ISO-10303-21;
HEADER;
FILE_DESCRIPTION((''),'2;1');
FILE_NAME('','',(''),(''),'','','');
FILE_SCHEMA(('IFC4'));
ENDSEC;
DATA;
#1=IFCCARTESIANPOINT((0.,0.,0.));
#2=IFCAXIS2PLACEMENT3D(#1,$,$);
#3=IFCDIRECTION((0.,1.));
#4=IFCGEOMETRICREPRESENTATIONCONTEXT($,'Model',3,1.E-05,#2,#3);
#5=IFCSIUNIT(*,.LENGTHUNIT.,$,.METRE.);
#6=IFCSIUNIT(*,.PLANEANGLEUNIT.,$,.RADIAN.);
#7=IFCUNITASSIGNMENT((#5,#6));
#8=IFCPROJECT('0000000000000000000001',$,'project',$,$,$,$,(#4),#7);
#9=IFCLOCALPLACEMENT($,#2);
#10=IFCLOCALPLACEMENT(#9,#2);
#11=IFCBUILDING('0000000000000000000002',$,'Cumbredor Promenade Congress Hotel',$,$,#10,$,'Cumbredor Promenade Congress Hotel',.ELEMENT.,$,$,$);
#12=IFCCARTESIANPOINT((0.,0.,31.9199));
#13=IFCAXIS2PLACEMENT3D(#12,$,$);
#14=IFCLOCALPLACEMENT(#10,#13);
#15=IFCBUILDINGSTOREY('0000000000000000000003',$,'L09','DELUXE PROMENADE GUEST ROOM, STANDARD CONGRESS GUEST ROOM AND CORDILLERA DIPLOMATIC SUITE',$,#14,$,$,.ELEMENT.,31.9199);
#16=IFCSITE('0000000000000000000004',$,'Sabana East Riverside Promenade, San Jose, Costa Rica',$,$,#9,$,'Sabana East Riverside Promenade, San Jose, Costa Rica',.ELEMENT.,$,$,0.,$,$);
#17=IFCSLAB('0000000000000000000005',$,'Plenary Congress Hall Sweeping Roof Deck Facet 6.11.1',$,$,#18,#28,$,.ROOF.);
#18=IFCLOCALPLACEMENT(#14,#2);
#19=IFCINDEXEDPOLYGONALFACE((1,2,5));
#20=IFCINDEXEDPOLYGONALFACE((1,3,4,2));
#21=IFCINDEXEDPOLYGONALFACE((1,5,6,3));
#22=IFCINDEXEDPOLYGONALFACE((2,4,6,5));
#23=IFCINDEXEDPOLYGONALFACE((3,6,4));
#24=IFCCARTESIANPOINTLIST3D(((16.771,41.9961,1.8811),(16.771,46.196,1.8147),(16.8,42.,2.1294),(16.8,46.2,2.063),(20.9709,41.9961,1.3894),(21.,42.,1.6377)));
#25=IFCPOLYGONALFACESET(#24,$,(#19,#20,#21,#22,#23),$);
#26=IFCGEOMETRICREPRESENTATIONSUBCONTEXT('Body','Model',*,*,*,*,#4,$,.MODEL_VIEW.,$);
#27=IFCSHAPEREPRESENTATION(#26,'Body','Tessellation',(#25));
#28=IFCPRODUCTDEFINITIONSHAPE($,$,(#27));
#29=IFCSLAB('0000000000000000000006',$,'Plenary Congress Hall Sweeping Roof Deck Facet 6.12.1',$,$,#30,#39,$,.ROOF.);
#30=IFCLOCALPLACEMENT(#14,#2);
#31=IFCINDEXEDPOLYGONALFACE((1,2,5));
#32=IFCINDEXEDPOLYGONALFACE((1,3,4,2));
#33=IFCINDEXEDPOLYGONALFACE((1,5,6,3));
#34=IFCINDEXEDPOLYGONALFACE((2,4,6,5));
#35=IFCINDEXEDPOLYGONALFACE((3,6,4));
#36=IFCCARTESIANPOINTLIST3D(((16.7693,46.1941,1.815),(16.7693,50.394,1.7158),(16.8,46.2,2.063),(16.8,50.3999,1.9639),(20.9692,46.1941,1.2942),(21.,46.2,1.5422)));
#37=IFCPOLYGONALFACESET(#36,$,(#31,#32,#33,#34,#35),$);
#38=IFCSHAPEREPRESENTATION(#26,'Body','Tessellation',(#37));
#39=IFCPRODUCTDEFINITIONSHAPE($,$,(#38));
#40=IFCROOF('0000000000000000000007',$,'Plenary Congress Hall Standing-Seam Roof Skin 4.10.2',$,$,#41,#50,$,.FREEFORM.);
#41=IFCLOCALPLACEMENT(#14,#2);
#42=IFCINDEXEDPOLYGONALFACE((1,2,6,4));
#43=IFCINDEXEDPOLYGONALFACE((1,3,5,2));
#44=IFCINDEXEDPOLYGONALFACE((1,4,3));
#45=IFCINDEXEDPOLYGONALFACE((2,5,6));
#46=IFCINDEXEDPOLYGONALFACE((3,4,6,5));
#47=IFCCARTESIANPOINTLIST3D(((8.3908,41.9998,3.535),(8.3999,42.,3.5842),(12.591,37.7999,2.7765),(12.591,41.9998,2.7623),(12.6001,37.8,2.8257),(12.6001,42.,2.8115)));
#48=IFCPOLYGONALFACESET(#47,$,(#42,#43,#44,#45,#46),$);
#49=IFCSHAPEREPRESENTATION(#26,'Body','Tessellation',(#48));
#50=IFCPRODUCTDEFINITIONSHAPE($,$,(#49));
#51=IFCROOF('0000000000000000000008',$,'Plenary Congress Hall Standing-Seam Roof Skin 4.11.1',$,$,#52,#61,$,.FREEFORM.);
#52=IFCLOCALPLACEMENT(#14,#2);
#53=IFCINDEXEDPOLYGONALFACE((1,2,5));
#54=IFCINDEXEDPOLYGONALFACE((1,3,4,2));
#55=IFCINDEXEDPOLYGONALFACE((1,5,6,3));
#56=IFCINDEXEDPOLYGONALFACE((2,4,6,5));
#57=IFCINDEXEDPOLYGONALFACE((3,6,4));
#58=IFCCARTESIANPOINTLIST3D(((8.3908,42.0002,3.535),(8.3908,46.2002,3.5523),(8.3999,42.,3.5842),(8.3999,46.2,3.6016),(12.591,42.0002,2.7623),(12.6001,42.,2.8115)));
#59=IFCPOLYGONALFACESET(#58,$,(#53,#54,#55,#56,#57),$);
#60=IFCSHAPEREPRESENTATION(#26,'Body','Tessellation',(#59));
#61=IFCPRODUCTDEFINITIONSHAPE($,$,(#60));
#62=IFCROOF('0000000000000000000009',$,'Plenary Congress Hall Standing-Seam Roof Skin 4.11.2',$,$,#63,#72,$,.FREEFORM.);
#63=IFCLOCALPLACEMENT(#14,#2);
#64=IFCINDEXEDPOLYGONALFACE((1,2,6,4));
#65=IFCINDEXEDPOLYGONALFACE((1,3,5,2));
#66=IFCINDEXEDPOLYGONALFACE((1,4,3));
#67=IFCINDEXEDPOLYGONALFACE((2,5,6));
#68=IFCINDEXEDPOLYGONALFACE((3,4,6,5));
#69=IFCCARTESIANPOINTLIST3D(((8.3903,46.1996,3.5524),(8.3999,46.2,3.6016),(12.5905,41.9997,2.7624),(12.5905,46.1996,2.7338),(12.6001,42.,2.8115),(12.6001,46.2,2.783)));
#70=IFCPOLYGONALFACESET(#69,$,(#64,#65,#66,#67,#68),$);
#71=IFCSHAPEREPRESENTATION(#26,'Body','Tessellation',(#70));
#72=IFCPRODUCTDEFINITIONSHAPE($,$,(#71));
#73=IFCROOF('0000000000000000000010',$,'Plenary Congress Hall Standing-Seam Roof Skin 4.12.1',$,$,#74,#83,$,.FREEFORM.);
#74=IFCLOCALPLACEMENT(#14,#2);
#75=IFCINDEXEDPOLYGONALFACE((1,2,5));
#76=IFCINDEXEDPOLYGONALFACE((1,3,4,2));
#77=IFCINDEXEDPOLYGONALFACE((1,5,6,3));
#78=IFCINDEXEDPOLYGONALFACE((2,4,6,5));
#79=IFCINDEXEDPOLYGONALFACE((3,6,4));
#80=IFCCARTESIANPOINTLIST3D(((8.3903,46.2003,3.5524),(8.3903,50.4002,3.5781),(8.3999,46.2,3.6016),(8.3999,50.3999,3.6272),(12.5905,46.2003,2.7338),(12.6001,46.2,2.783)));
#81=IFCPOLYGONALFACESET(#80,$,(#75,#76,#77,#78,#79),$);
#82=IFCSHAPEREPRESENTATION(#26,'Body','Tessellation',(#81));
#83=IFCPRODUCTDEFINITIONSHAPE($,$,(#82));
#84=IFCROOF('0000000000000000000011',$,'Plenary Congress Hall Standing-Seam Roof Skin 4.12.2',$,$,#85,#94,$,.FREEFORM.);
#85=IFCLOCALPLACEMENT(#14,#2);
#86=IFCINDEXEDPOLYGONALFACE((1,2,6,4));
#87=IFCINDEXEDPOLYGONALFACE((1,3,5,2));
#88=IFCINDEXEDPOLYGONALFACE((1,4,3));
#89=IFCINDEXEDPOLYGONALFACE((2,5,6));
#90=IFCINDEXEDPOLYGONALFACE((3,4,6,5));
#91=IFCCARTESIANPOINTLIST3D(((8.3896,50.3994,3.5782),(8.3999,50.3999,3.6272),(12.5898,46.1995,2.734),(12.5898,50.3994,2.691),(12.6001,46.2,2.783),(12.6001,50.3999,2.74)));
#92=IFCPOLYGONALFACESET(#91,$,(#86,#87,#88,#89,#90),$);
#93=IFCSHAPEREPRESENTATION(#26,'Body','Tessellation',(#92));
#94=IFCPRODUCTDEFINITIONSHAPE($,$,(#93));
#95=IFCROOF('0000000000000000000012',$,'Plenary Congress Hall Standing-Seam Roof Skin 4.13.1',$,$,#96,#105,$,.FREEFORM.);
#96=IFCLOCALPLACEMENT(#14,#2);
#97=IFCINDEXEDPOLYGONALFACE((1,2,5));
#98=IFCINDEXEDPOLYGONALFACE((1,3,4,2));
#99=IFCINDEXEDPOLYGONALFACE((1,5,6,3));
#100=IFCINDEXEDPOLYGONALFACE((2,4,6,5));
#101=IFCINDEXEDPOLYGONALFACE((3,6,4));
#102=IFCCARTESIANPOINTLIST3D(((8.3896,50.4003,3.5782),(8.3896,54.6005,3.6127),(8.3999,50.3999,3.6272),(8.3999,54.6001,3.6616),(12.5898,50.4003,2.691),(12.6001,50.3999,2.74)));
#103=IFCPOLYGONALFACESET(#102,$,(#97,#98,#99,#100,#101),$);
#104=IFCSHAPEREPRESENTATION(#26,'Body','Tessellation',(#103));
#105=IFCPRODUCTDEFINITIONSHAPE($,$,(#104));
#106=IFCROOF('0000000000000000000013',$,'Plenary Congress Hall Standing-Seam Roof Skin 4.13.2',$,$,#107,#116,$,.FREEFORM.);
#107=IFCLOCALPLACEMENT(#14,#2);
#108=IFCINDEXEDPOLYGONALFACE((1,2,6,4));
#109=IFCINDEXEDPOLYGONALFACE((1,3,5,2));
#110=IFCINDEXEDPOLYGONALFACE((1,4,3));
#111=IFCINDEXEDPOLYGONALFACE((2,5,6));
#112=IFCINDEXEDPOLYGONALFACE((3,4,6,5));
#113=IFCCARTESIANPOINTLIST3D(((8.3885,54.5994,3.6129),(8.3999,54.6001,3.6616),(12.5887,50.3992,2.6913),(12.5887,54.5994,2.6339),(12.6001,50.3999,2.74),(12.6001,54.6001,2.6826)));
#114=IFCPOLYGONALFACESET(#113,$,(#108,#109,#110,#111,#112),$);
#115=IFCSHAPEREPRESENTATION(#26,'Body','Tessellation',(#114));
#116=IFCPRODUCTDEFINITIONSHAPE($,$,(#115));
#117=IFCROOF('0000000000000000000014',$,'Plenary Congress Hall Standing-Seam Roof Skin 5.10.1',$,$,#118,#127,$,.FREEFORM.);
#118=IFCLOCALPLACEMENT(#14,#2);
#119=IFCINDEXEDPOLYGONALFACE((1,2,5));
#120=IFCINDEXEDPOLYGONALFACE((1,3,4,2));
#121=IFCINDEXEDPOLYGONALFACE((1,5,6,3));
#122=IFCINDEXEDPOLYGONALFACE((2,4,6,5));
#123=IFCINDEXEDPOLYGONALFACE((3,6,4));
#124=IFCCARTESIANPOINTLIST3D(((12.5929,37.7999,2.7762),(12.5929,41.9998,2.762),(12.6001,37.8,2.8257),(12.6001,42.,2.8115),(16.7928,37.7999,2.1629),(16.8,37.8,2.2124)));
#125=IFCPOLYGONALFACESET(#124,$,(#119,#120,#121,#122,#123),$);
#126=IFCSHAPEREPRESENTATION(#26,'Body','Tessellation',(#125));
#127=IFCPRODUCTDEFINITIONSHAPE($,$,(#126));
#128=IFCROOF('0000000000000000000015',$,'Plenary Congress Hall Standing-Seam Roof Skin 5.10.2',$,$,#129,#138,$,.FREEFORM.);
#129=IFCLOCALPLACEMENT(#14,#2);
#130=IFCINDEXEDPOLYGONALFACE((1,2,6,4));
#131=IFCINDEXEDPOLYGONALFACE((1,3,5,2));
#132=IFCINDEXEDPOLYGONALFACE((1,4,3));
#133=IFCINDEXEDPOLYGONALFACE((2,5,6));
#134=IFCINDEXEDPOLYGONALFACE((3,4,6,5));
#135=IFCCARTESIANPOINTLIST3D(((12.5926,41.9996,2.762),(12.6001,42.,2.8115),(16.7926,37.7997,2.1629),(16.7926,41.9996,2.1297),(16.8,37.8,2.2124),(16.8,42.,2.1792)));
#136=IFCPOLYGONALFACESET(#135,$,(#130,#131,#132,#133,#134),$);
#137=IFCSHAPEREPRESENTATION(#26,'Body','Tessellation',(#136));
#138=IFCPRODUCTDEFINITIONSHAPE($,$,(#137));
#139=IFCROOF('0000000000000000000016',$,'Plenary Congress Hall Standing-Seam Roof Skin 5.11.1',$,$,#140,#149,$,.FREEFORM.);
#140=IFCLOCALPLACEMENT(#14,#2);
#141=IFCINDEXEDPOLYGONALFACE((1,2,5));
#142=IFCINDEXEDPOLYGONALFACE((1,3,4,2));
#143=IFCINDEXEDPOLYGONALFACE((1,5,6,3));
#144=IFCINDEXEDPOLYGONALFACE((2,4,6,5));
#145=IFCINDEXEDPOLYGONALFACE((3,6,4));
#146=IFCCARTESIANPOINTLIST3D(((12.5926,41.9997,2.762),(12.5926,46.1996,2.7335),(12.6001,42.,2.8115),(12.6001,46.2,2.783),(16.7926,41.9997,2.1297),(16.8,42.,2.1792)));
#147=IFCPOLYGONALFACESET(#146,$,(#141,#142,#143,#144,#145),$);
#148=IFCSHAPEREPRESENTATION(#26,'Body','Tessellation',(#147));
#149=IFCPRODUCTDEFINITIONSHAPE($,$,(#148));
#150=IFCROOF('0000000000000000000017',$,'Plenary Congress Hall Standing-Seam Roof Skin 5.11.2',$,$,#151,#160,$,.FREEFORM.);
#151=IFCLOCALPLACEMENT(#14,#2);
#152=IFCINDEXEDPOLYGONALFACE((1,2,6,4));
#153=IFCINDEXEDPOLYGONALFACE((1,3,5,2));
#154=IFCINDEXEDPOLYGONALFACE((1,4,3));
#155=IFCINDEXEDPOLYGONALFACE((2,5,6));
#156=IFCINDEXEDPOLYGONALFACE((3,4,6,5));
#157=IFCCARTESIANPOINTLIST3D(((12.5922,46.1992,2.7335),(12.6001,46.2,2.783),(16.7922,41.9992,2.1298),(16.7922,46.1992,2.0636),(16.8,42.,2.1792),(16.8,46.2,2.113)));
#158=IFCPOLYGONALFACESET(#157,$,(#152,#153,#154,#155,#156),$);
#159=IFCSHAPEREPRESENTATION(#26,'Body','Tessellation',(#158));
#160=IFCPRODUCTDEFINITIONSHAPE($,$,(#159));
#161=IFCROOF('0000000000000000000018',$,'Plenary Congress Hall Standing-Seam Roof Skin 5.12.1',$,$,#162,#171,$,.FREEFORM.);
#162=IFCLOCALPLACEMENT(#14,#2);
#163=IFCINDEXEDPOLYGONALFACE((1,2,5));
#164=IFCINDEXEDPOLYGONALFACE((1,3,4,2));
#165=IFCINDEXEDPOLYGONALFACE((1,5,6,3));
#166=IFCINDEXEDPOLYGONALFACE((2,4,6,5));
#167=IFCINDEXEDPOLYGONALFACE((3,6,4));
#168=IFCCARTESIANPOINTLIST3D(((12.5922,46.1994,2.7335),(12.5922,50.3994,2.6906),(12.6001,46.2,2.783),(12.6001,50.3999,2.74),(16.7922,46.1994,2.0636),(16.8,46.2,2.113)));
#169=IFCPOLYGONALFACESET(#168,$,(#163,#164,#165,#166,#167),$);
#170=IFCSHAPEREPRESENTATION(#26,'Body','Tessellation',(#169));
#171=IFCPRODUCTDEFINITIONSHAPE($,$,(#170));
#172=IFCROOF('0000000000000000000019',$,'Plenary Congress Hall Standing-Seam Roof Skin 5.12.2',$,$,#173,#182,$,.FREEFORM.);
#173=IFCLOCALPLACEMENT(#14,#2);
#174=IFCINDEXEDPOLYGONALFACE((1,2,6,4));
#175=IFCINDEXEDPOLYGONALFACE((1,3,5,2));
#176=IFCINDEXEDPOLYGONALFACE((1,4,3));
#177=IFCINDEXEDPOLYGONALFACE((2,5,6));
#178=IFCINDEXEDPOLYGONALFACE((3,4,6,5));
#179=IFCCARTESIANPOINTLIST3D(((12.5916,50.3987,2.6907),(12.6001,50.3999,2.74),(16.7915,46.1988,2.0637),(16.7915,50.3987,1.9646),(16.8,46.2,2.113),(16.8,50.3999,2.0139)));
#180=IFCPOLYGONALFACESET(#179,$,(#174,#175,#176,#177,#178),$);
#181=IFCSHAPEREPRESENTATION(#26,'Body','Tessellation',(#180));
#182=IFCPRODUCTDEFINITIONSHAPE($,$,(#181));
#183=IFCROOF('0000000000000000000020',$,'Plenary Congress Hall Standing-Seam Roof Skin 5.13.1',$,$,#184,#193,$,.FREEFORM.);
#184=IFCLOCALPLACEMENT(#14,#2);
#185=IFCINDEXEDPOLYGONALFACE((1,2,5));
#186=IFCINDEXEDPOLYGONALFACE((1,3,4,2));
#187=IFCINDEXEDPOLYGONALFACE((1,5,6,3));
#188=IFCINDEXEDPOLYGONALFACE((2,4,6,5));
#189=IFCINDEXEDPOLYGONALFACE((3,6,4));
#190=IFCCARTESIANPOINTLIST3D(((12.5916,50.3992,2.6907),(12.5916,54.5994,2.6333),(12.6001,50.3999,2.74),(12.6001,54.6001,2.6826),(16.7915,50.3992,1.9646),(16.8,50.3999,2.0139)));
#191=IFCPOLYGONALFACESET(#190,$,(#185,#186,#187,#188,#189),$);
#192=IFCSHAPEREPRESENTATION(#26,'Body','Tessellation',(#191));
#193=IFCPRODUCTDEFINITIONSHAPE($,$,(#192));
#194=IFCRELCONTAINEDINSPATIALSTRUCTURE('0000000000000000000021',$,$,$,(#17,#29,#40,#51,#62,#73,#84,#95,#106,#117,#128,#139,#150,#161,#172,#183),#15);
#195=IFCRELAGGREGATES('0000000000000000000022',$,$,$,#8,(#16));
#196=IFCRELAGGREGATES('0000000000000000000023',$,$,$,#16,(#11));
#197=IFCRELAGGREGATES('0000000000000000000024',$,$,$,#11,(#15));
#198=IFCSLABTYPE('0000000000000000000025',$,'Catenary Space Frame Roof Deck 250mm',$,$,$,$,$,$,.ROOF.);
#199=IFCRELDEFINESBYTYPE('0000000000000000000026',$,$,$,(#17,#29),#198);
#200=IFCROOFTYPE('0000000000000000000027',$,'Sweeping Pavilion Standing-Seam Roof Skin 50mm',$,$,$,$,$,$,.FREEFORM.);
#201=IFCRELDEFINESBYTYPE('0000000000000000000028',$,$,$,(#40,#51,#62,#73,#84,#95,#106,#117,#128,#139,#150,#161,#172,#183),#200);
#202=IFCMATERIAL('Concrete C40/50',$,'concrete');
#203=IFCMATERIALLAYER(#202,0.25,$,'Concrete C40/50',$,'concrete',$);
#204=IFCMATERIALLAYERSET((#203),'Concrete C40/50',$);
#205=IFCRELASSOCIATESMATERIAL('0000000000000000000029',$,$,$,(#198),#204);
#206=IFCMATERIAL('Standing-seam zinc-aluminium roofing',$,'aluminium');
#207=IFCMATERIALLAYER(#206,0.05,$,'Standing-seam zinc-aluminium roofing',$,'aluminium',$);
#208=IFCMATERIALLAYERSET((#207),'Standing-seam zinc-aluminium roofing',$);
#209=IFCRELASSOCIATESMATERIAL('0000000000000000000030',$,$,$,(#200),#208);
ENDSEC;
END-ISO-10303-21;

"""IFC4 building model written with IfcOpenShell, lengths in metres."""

from ifc_helpers import new_model, si_unit, direction, frame, origin, place, context, subcontext, project, spatial, polyline, outline, extrude, material, layer, layer_set, type_object, element, save


model = new_model("IFC4")

# Units and contexts
model_context = context("Model", 3, precision=1e-05, world=origin(), true_north=direction((0.0, 1.0)))
body_context = subcontext(model_context, "Body", "Model", "MODEL_VIEW")
ifc_project = project(units=[si_unit("LENGTHUNIT", "METRE"), si_unit("PLANEANGLEUNIT", "RADIAN")], contexts=[model_context])

# Site, building, storey
site_placement = place(None, origin())
site = spatial("IfcSite", under=ifc_project, at=site_placement, Name="Sabana East Riverside Promenade, San Jose, Costa Rica", LongName="Sabana East Riverside Promenade, San Jose, Costa Rica", CompositionType="ELEMENT", RefElevation=0.0)
building_placement = place(site_placement, origin())
building = spatial("IfcBuilding", under=site, at=building_placement, Name="Cumbredor Promenade Congress Hotel", LongName="Cumbredor Promenade Congress Hotel", CompositionType="ELEMENT")
storey_placement = place(building_placement, frame((0.0, 0.0, 31.9199)))
storey = spatial("IfcBuildingStorey", under=building, at=storey_placement, Name="L09", Description="DELUXE PROMENADE GUEST ROOM, STANDARD CONGRESS GUEST ROOM AND CORDILLERA DIPLOMATIC SUITE", CompositionType="ELEMENT", Elevation=31.9199)

# Slabs
ifc_material_1 = material(Name="Concrete C40/50", Category="concrete")
ifc_layer_1 = layer(ifc_material_1, 0.25, Name="Concrete C40/50", Category="concrete")
ifc_layer_set_1 = layer_set([ifc_layer_1], Name="Concrete C40/50")
slab_type = type_object("IfcSlabType", Name="Catenary Space Frame Roof Deck 250mm", PredefinedType="ROOF", material=ifc_layer_set_1)
slab_1_placement = place(storey_placement, frame((16.8, 42.0, 2.1294), z_axis=(0.116264, 0.015702, 0.993094), x_axis=(0.993217, 0.0, -0.116278)))
element("IfcSlab", 1, at=slab_1_placement, inside=storey, type_object=slab_type, Name="Plenary Congress Hall Sweeping Roof Deck Facet 6.11.1", PredefinedType="ROOF", context=body_context, shape_type="SweptSolid", body=[
    extrude(outline(polyline([(0.0, 0.0), (4.2286, 0.0), (0.0077, 4.2005), (0.0, 0.0)])), origin(), (0.0, 0.0, -1.0), 0.25),
])
slab_2_placement = place(storey_placement, frame((16.8, 46.2, 2.063), z_axis=(0.123014, 0.023415, 0.992129), x_axis=(0.992401, 0.0, -0.123048)))
element("IfcSlab", 2, at=slab_2_placement, inside=storey, type_object=slab_type, Name="Plenary Congress Hall Sweeping Roof Deck Facet 6.12.1", PredefinedType="ROOF", context=body_context, shape_type="SweptSolid", body=[
    extrude(outline(polyline([(0.0, 0.0), (4.2321, 0.0), (0.0122, 4.2011), (0.0, 0.0)])), origin(), (0.0, 0.0, -1.0), 0.25),
])

# Roofs
ifc_material_2 = material(Name="Standing-seam zinc-aluminium roofing", Category="aluminium")
ifc_layer_2 = layer(ifc_material_2, 0.05, Name="Standing-seam zinc-aluminium roofing", Category="aluminium")
ifc_layer_set_2 = layer_set([ifc_layer_2], Name="Standing-seam zinc-aluminium roofing")
roof_type = type_object("IfcRoofType", Name="Sweeping Pavilion Standing-Seam Roof Skin 50mm", PredefinedType="FREEFORM", material=ifc_layer_set_2)
roof_1_placement = place(storey_placement, frame((12.6001, 37.8, 2.8257), z_axis=(0.180932, 0.003316, 0.98349), x_axis=(0.0, 0.999994, -0.003371)))
element("IfcRoof", 3, at=roof_1_placement, inside=storey, type_object=roof_type, Name="Plenary Congress Hall Standing-Seam Roof Skin 4.10.2", PredefinedType="FREEFORM", context=body_context, shape_type="SweptSolid", body=[
    extrude(outline(polyline([(0.0, 0.0), (4.2, 0.0), (4.1974, 4.2707), (0.0, 0.0)])), origin(), (0.0, 0.0, -1.0), 0.05),
])
roof_2_placement = place(storey_placement, frame((8.3999, 42.0, 3.5842), z_axis=(0.180931, -0.004059, 0.983487), x_axis=(0.983496, 0.0, -0.180933)))
element("IfcRoof", 4, at=roof_2_placement, inside=storey, type_object=roof_type, Name="Plenary Congress Hall Standing-Seam Roof Skin 4.11.1", PredefinedType="FREEFORM", context=body_context, shape_type="SweptSolid", body=[
    extrude(outline(polyline([(0.0, 0.0), (4.2707, 0.0), (-0.0031, 4.2), (0.0, 0.0)])), origin(), (0.0, 0.0, -1.0), 0.05),
])
roof_3_placement = place(storey_placement, frame((12.6001, 42.0, 2.8115), z_axis=(0.191293, 0.006675, 0.98151), x_axis=(0.0, 0.999977, -0.006801)))
element("IfcRoof", 5, at=roof_3_placement, inside=storey, type_object=roof_type, Name="Plenary Congress Hall Standing-Seam Roof Skin 4.11.2", PredefinedType="FREEFORM", context=body_context, shape_type="SweptSolid", body=[
    extrude(outline(polyline([(0.0, 0.0), (4.2, 0.0), (4.1945, 4.2792), (0.0, 0.0)])), origin(), (0.0, 0.0, -1.0), 0.05),
])
roof_4_placement = place(storey_placement, frame((8.3999, 46.2, 3.6016), z_axis=(0.191294, -0.005991, 0.981515), x_axis=(0.981532, 0.0, -0.191297)))
element("IfcRoof", 6, at=roof_4_placement, inside=storey, type_object=roof_type, Name="Plenary Congress Hall Standing-Seam Roof Skin 4.12.1", PredefinedType="FREEFORM", context=body_context, shape_type="SweptSolid", body=[
    extrude(outline(polyline([(0.0, 0.0), (4.2792, 0.0), (-0.0049, 4.2), (0.0, 0.0)])), origin(), (0.0, 0.0, -1.0), 0.05),
])
roof_5_placement = place(storey_placement, frame((12.6001, 46.2, 2.783), z_axis=(0.206659, 0.010009, 0.978362), x_axis=(0.0, 0.999948, -0.01023)))
element("IfcRoof", 7, at=roof_5_placement, inside=storey, type_object=roof_type, Name="Plenary Congress Hall Standing-Seam Roof Skin 4.12.2", PredefinedType="FREEFORM", context=body_context, shape_type="SweptSolid", body=[
    extrude(outline(polyline([(0.0, 0.0), (4.2002, 0.0), (4.1911, 4.2929), (0.0, 0.0)])), origin(), (0.0, 0.0, -1.0), 0.05),
])
roof_6_placement = place(storey_placement, frame((8.3999, 50.3999, 3.6272), z_axis=(0.206663, -0.008019, 0.978379), x_axis=(0.978411, 0.0, -0.20667)))
element("IfcRoof", 8, at=roof_6_placement, inside=storey, type_object=roof_type, Name="Plenary Congress Hall Standing-Seam Roof Skin 4.13.1", PredefinedType="FREEFORM", context=body_context, shape_type="SweptSolid", body=[
    extrude(outline(polyline([(0.0, 0.0), (4.2929, 0.0), (-0.0071, 4.2003), (0.0, 0.0)])), origin(), (0.0, 0.0, -1.0), 0.05),
])
roof_7_placement = place(storey_placement, frame((12.6001, 50.3999, 2.74), z_axis=(0.22698, 0.013302, 0.973808), x_axis=(0.0, 0.999907, -0.013658)))
element("IfcRoof", 9, at=roof_7_placement, inside=storey, type_object=roof_type, Name="Plenary Congress Hall Standing-Seam Roof Skin 4.13.2", PredefinedType="FREEFORM", context=body_context, shape_type="SweptSolid", body=[
    extrude(outline(polyline([(0.0, 0.0), (4.2006, 0.0), (4.1872, 4.3128), (0.0, 0.0)])), origin(), (0.0, 0.0, -1.0), 0.05),
])
roof_8_placement = place(storey_placement, frame((12.6001, 37.8, 2.8257), z_axis=(0.144488, 0.003336, 0.989501), x_axis=(0.989506, 0.0, -0.144489)))
element("IfcRoof", 10, at=roof_8_placement, inside=storey, type_object=roof_type, Name="Plenary Congress Hall Standing-Seam Roof Skin 5.10.1", PredefinedType="FREEFORM", context=body_context, shape_type="SweptSolid", body=[
    extrude(outline(polyline([(0.0, 0.0), (4.2445, 0.0), (0.002, 4.2), (0.0, 0.0)])), origin(), (0.0, 0.0, -1.0), 0.05),
])
roof_9_placement = place(storey_placement, frame((16.8, 37.8, 2.2124), z_axis=(0.148873, 0.007817, 0.988825), x_axis=(0.0, 0.999969, -0.007905)))
element("IfcRoof", 11, at=roof_9_placement, inside=storey, type_object=roof_type, Name="Plenary Congress Hall Standing-Seam Roof Skin 5.10.2", PredefinedType="FREEFORM", context=body_context, shape_type="SweptSolid", body=[
    extrude(outline(polyline([(0.0, 0.0), (4.2001, 0.0), (4.1951, 4.2473), (0.0, 0.0)])), origin(), (0.0, 0.0, -1.0), 0.05),
])
roof_10_placement = place(storey_placement, frame((12.6001, 42.0, 2.8115), z_axis=(0.148874, 0.006725, 0.988833), x_axis=(0.988856, 0.0, -0.148877)))
element("IfcRoof", 12, at=roof_10_placement, inside=storey, type_object=roof_type, Name="Plenary Congress Hall Standing-Seam Roof Skin 5.11.1", PredefinedType="FREEFORM", context=body_context, shape_type="SweptSolid", body=[
    extrude(outline(polyline([(0.0, 0.0), (4.2473, 0.0), (0.0043, 4.2), (0.0, 0.0)])), origin(), (0.0, 0.0, -1.0), 0.05),
])
roof_11_placement = place(storey_placement, frame((16.8, 42.0, 2.1792), z_axis=(0.157497, 0.015555, 0.987397), x_axis=(0.0, 0.999876, -0.015751)))
element("IfcRoof", 13, at=roof_11_placement, inside=storey, type_object=roof_type, Name="Plenary Congress Hall Standing-Seam Roof Skin 5.11.2", PredefinedType="FREEFORM", context=body_context, shape_type="SweptSolid", body=[
    extrude(outline(polyline([(0.0, 0.0), (4.2005, 0.0), (4.1899, 4.253), (0.0, 0.0)])), origin(), (0.0, 0.0, -1.0), 0.05),
])
roof_12_placement = place(storey_placement, frame((12.6001, 46.2, 2.783), z_axis=(0.157508, 0.010103, 0.987466), x_axis=(0.987516, 0.0, -0.157516)))
element("IfcRoof", 14, at=roof_12_placement, inside=storey, type_object=roof_type, Name="Plenary Congress Hall Standing-Seam Roof Skin 5.12.1", PredefinedType="FREEFORM", context=body_context, shape_type="SweptSolid", body=[
    extrude(outline(polyline([(0.0, 0.0), (4.253, 0.0), (0.0068, 4.2002), (0.0, 0.0)])), origin(), (0.0, 0.0, -1.0), 0.05),
])
roof_13_placement = place(storey_placement, frame((16.8, 46.2, 2.113), z_axis=(0.170304, 0.023249, 0.985117), x_axis=(0.0, 0.999722, -0.023594)))
element("IfcRoof", 15, at=roof_13_placement, inside=storey, type_object=roof_type, Name="Plenary Congress Hall Standing-Seam Roof Skin 5.12.2", PredefinedType="FREEFORM", context=body_context, shape_type="SweptSolid", body=[
    extrude(outline(polyline([(0.0, 0.0), (4.2011, 0.0), (4.184, 4.2622), (0.0, 0.0)])), origin(), (0.0, 0.0, -1.0), 0.05),
])
roof_14_placement = place(storey_placement, frame((12.6001, 50.3999, 2.74), z_axis=(0.170335, 0.013459, 0.985294), x_axis=(0.985384, 0.0, -0.17035)))
element("IfcRoof", 16, at=roof_14_placement, inside=storey, type_object=roof_type, Name="Plenary Congress Hall Standing-Seam Roof Skin 5.13.1", PredefinedType="FREEFORM", context=body_context, shape_type="SweptSolid", body=[
    extrude(outline(polyline([(0.0, 0.0), (4.2622, 0.0), (0.0098, 4.2006), (0.0, 0.0)])), origin(), (0.0, 0.0, -1.0), 0.05),
])

save(model, "model.ifc")
